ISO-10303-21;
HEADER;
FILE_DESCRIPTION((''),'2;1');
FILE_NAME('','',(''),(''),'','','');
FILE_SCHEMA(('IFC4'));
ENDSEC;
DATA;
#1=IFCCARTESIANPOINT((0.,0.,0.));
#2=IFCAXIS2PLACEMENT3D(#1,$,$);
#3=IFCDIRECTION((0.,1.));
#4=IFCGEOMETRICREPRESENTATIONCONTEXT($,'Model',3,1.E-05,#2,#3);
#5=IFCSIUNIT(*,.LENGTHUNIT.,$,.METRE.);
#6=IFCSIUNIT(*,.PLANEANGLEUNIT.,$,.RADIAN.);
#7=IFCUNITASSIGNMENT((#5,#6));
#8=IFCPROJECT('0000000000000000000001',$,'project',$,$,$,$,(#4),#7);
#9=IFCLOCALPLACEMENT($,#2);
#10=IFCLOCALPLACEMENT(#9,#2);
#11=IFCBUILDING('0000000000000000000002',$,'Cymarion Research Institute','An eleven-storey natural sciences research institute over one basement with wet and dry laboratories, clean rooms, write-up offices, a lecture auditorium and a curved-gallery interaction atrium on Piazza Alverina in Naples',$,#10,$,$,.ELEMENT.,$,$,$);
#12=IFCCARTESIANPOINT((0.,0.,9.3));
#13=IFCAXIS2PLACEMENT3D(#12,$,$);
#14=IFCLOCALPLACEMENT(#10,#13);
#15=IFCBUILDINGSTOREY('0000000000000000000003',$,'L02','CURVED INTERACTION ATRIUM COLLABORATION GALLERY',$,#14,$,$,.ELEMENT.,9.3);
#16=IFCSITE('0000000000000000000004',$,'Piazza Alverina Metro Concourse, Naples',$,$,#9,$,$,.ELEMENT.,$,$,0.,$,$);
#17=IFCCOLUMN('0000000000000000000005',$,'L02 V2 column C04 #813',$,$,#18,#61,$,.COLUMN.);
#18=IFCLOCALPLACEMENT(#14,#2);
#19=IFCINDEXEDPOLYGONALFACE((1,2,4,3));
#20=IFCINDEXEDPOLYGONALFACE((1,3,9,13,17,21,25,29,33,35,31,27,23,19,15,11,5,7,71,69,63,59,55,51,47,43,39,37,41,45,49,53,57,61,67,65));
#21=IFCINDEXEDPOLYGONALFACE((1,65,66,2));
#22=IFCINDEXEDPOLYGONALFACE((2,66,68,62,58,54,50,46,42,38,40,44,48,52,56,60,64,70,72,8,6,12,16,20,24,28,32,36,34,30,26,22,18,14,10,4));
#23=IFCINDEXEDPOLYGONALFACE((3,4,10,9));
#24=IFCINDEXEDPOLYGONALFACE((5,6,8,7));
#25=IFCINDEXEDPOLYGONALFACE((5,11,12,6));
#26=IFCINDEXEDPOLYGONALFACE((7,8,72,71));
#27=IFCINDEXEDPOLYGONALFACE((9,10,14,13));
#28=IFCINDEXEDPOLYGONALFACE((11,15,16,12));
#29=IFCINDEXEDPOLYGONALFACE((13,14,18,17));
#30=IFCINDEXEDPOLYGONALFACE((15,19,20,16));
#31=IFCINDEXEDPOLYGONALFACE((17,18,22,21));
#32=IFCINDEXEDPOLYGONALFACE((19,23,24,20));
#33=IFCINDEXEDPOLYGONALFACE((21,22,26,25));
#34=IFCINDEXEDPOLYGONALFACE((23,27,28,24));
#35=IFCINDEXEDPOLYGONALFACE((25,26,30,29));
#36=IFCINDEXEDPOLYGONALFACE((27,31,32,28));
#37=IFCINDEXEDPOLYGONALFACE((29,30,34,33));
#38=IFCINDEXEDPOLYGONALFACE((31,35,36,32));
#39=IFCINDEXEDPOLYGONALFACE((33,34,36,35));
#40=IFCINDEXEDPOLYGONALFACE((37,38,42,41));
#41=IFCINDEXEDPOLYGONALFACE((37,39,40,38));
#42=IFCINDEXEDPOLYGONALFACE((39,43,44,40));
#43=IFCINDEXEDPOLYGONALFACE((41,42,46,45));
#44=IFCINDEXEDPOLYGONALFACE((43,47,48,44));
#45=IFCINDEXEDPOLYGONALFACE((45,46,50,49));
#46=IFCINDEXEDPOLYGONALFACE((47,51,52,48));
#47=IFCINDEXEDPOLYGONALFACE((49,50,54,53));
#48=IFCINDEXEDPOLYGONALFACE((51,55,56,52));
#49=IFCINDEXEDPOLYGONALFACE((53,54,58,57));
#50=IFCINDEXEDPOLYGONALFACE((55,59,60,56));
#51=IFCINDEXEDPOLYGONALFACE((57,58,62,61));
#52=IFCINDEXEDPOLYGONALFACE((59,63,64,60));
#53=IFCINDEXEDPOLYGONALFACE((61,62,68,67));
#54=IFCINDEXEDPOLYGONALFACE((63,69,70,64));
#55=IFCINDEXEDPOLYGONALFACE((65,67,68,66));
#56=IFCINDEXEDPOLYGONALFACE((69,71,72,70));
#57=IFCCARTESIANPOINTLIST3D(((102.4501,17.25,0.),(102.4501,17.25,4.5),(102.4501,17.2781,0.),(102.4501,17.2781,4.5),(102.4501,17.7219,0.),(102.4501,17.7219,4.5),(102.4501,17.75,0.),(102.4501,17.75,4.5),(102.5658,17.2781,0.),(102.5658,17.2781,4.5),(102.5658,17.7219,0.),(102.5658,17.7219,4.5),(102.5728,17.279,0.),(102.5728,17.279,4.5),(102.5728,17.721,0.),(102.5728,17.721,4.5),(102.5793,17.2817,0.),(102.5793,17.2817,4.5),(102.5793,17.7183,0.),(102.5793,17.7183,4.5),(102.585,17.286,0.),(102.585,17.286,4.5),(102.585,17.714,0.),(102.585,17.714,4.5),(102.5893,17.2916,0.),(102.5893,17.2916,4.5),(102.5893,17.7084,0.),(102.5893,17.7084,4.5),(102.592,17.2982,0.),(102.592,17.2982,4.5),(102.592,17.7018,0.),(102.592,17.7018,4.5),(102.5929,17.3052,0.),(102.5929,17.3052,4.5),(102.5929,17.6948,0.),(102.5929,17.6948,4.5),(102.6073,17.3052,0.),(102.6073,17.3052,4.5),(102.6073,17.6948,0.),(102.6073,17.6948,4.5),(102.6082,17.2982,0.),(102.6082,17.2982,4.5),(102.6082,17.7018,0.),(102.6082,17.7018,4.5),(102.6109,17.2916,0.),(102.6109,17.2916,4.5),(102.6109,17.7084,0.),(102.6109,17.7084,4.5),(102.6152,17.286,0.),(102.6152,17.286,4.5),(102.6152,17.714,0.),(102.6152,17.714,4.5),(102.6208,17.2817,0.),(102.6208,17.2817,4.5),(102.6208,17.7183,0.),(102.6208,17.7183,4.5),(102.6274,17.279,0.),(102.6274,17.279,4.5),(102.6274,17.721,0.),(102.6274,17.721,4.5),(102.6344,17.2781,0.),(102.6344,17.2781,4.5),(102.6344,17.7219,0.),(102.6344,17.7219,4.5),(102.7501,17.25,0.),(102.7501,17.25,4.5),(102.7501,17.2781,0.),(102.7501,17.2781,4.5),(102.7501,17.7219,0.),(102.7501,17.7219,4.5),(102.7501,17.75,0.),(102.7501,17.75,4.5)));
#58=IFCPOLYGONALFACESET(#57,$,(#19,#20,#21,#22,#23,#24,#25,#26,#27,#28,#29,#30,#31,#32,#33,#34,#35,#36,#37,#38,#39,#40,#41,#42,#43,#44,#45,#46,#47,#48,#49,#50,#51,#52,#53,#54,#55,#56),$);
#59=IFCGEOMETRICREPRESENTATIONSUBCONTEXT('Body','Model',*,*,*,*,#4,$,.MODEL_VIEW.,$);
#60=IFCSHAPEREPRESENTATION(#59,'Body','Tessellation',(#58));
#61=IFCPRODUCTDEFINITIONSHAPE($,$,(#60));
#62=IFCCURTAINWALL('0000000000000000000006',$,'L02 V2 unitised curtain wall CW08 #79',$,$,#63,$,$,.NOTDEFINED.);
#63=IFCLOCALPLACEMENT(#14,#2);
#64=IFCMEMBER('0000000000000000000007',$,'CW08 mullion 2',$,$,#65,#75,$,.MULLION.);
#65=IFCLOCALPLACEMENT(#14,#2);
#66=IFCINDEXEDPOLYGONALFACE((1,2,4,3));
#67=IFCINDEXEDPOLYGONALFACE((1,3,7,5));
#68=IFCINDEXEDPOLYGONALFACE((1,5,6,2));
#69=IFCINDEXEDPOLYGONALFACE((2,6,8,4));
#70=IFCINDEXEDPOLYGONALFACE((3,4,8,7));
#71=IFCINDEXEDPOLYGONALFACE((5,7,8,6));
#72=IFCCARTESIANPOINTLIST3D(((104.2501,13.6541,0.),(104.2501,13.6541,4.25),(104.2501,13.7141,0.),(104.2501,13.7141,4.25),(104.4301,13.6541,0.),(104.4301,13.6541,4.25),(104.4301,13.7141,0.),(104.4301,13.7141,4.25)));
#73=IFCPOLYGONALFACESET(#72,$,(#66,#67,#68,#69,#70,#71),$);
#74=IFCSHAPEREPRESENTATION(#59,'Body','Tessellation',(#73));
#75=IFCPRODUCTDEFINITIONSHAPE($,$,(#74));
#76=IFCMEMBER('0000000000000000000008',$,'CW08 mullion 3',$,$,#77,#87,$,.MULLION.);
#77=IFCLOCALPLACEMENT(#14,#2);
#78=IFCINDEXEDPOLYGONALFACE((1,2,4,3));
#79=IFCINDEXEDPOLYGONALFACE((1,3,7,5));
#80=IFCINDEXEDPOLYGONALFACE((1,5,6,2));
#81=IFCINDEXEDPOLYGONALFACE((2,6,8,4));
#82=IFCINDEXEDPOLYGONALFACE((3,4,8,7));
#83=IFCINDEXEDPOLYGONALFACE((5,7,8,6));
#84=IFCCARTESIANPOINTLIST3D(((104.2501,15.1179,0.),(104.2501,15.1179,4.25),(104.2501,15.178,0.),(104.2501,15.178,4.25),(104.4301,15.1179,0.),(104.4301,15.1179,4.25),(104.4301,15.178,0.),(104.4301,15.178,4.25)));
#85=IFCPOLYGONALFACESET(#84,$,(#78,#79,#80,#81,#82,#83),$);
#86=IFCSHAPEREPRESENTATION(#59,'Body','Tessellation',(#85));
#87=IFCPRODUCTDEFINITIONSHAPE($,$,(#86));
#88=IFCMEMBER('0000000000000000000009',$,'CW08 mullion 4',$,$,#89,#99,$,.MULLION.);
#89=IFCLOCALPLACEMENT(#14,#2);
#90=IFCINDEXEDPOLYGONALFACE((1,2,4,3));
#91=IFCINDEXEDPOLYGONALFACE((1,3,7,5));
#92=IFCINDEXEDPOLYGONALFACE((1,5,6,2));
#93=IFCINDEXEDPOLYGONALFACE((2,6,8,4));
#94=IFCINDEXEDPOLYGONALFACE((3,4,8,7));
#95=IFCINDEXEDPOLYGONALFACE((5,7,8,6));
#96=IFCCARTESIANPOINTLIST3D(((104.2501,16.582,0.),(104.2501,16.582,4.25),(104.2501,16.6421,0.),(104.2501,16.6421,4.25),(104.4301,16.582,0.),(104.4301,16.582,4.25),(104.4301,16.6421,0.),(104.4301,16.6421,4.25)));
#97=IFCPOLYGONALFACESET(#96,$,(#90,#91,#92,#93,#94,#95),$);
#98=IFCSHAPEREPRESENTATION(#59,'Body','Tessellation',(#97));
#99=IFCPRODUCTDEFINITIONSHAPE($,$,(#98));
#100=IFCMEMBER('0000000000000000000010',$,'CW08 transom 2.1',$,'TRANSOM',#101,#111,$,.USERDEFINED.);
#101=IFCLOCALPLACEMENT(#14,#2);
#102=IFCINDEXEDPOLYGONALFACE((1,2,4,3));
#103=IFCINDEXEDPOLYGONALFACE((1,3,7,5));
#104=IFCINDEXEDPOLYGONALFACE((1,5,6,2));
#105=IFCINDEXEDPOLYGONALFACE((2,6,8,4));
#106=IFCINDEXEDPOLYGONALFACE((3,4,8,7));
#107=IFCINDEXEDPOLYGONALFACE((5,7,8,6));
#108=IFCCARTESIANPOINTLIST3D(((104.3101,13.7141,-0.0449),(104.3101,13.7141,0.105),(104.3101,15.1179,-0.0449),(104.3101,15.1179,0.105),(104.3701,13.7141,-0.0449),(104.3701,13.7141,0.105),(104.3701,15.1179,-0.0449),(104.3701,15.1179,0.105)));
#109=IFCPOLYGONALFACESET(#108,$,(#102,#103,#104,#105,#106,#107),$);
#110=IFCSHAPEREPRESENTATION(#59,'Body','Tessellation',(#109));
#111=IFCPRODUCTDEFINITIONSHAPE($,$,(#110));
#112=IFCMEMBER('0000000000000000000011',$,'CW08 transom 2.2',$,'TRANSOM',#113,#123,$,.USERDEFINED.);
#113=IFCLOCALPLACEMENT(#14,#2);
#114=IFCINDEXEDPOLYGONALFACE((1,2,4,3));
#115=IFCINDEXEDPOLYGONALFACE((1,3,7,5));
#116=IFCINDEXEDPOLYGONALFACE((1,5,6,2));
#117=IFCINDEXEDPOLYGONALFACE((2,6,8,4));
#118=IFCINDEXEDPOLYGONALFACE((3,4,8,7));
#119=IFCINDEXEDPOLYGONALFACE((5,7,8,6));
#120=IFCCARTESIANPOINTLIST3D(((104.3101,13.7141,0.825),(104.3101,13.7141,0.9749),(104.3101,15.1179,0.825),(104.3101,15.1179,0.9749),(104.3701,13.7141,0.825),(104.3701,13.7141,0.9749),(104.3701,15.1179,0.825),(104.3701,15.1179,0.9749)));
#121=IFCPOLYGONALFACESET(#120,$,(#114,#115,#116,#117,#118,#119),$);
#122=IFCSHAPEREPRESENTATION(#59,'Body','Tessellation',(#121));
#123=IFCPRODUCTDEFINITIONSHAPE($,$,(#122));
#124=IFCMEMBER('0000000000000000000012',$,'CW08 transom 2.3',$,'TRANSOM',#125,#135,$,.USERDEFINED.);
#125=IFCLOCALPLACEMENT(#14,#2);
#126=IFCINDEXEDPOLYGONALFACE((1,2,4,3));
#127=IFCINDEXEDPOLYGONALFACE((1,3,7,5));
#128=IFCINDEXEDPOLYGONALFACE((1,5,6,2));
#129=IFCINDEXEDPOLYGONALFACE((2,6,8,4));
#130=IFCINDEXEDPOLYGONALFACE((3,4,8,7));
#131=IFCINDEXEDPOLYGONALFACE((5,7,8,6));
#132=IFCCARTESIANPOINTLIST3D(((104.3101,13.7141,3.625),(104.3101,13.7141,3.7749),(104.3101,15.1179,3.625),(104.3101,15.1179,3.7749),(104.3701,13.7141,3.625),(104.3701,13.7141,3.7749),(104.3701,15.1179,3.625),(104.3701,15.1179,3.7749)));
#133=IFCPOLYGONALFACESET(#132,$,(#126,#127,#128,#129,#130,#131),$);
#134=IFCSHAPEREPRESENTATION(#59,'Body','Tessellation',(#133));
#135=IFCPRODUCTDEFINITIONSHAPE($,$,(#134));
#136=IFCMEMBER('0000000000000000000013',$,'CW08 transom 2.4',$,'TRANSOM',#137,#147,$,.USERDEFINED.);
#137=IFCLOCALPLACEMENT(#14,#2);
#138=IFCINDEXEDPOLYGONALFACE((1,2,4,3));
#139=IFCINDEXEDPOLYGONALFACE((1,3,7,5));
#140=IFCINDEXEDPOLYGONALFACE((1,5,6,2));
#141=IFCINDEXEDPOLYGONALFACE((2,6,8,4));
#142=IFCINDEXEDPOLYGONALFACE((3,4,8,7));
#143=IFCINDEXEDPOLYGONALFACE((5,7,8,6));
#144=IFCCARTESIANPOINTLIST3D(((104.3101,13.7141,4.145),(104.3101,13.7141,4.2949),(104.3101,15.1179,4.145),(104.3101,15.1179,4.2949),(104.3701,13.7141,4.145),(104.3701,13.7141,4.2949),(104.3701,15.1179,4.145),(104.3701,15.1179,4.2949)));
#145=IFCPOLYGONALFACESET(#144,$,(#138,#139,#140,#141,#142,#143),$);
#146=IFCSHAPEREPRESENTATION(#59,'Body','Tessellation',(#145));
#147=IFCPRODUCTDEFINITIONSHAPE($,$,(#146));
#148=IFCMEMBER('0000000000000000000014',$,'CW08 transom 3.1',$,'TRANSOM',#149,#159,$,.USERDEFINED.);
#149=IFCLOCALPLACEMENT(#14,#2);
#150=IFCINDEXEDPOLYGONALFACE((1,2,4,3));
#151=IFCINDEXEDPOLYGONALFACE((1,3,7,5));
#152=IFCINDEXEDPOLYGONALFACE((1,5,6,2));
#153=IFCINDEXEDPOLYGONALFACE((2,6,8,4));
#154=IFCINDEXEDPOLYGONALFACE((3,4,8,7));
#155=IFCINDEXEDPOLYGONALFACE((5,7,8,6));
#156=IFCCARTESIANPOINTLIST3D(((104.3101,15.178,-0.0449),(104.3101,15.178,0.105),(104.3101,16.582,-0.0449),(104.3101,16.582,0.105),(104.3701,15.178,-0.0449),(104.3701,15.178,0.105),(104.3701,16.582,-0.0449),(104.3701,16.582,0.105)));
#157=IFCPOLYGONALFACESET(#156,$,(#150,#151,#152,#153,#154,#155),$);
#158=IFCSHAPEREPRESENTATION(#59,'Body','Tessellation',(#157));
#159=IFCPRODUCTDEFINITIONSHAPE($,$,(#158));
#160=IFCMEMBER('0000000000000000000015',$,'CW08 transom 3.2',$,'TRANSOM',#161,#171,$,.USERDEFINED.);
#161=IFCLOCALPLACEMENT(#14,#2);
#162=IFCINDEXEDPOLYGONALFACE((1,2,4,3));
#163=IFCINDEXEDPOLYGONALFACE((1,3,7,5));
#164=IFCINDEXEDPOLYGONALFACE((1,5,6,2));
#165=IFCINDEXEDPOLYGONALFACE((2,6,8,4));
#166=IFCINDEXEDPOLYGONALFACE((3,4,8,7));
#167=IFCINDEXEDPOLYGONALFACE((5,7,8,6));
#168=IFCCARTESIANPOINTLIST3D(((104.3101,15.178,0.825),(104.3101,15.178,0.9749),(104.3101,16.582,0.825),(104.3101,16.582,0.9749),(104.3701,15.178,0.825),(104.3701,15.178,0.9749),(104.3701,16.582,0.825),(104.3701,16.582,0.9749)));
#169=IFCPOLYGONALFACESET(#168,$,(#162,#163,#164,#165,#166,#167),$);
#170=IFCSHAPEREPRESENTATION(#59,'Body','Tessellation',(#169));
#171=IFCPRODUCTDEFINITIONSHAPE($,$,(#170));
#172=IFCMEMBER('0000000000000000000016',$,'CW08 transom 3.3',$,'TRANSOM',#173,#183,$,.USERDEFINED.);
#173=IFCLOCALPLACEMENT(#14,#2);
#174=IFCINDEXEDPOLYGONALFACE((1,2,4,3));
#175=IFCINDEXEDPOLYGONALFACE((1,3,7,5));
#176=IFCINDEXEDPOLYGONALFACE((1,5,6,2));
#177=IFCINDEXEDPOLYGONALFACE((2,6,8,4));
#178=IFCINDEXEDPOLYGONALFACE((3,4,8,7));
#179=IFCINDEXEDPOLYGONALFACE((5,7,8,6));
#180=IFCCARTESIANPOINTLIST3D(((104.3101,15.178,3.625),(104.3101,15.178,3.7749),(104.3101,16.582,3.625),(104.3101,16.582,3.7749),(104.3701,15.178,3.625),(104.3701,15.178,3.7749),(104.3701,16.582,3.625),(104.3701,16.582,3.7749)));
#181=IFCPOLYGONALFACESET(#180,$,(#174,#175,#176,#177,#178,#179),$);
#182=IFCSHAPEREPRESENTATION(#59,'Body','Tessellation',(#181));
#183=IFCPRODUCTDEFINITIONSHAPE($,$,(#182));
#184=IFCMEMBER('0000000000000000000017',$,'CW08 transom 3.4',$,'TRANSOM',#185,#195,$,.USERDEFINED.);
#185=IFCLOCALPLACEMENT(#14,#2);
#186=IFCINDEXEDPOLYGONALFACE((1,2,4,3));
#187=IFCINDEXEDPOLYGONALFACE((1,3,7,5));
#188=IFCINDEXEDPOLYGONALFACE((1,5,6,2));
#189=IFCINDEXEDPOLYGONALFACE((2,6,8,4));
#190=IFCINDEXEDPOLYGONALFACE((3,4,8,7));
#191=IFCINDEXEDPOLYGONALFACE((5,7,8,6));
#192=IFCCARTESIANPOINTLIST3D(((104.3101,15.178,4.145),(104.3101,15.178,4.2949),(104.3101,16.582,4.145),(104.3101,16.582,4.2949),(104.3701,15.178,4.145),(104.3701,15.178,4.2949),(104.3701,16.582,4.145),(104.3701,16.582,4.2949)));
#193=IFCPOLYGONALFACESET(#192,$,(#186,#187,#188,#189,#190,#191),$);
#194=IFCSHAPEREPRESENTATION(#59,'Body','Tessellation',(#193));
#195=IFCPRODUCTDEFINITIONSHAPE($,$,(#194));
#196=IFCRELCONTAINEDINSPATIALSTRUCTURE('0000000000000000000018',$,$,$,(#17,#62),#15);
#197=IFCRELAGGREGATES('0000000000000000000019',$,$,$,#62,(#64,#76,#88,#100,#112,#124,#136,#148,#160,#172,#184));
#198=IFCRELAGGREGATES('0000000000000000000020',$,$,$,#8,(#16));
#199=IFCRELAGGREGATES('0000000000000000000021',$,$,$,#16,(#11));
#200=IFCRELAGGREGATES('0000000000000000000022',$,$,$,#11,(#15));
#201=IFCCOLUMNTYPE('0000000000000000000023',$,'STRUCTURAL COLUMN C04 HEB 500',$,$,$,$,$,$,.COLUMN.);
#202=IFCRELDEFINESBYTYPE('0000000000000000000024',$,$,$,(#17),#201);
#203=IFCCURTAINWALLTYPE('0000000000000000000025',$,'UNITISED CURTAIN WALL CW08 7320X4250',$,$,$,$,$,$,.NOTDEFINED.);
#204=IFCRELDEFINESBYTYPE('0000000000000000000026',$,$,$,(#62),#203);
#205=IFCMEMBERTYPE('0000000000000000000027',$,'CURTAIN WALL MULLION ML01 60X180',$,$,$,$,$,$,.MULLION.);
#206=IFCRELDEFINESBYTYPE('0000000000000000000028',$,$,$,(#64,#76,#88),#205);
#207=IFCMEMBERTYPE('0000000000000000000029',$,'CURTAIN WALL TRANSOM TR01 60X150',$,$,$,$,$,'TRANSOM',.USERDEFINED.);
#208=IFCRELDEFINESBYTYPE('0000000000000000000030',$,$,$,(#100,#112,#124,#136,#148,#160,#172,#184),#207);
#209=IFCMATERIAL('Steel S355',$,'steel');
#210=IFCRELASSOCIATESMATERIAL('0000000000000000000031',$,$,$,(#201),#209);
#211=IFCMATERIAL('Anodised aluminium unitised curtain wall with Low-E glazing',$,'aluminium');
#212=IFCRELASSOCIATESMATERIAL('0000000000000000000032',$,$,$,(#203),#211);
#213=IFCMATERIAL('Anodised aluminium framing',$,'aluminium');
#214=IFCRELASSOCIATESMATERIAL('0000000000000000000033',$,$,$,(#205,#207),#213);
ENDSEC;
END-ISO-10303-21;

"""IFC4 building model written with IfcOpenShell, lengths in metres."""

from ifc_helpers import new_model, si_unit, direction, frame, origin, origin_2d, place, context, subcontext, project, spatial, rectangle, i_section, extrude, material, material_profile, profile_set, type_object, element, aggregate, save


model = new_model("IFC4")

# Units and contexts
model_context = context("Model", 3, precision=1e-05, world=origin(), true_north=direction((0.0, 1.0)))
body_context = subcontext(model_context, "Body", "Model", "MODEL_VIEW")
ifc_project = project(units=[si_unit("LENGTHUNIT", "METRE"), si_unit("PLANEANGLEUNIT", "RADIAN")], contexts=[model_context])

# Site, building, storey
site_placement = place(None, origin())
site = spatial("IfcSite", under=ifc_project, at=site_placement, Name="Piazza Alverina Metro Concourse, Naples", CompositionType="ELEMENT", RefElevation=0.0)
building_placement = place(site_placement, origin())
building = spatial("IfcBuilding", under=site, at=building_placement, Name="Cymarion Research Institute", Description="An eleven-storey natural sciences research institute over one basement with wet and dry laboratories, clean rooms, write-up offices, a lecture auditorium and a curved-gallery interaction atrium on Piazza Alverina in Naples", CompositionType="ELEMENT")
storey_placement = place(building_placement, frame((0.0, 0.0, 9.3)))
storey = spatial("IfcBuildingStorey", under=building, at=storey_placement, Name="L02", Description="CURVED INTERACTION ATRIUM COLLABORATION GALLERY", CompositionType="ELEMENT", Elevation=9.3)

# Column
ifc_material_1 = material(Name="Steel S355", Category="steel")
ifc_material_profile_1 = material_profile(ifc_material_1, i_section(OverallWidth=0.3, OverallDepth=0.5, WebThickness=0.0144, FlangeThickness=0.0281, FilletRadius=0.0271, at=origin_2d()), Name="HEB 500")
ifc_profile_set_1 = profile_set([ifc_material_profile_1], Name="Steel S355")
column_type = type_object("IfcColumnType", Name="STRUCTURAL COLUMN C04 HEB 500", PredefinedType="COLUMN", material=ifc_profile_set_1)
column_placement = place(storey_placement, frame((102.6001, 17.5, 0.0), z_axis=(0.0, 0.0, 1.0), x_axis=(1.0, 0.0, 0.0)))
element("IfcColumn", 1, at=column_placement, inside=storey, type_object=column_type, Name="L02 V2 column C04 #813", PredefinedType="COLUMN", context=body_context, shape_type="SweptSolid", body=[
    extrude(i_section(OverallWidth=0.3, OverallDepth=0.5, WebThickness=0.0144, FlangeThickness=0.0281, FilletRadius=0.0271, at=origin_2d()), origin(), (0.0, 0.0, 1.0), 4.5),
])

# Curtain wall, members
ifc_material_2 = material(Name="Anodised aluminium unitised curtain wall with Low-E glazing", Category="aluminium")
curtain_wall_type = type_object("IfcCurtainWallType", Name="UNITISED CURTAIN WALL CW08 7320X4250", PredefinedType="NOTDEFINED", material=ifc_material_2)
curtain_wall_placement = place(storey_placement, origin())
curtain_wall = element("IfcCurtainWall", 2, at=curtain_wall_placement, inside=storey, type_object=curtain_wall_type, Name="L02 V2 unitised curtain wall CW08 #79", PredefinedType="NOTDEFINED")
ifc_material_3 = material(Name="Anodised aluminium framing", Category="aluminium")
ifc_material_profile_2 = material_profile(ifc_material_3, rectangle(XDim=0.0601, YDim=0.1799, at=origin_2d()), Name="ALU MULLION 60x180")
ifc_profile_set_2 = profile_set([ifc_material_profile_2], Name="Anodised aluminium framing")
member_type_1 = type_object("IfcMemberType", Name="CURTAIN WALL MULLION ML01 60X180", PredefinedType="MULLION", material=ifc_profile_set_2)
member_1_placement = place(storey_placement, frame((104.3401, 13.6841, 0.0), z_axis=(0.0, 0.0, 1.0), x_axis=(0.0, 1.0, 0.0)))
member_1 = element("IfcMember", 3, at=member_1_placement, type_object=member_type_1, Name="CW08 mullion 2", PredefinedType="MULLION", context=body_context, shape_type="SweptSolid", body=[
    extrude(rectangle(XDim=0.0601, YDim=0.1799, at=origin_2d()), origin(), (0.0, 0.0, 1.0), 4.25),
])
member_2_placement = place(storey_placement, frame((104.3401, 15.1479, 0.0), z_axis=(0.0, 0.0, 1.0), x_axis=(0.0, 1.0, 0.0)))
member_2 = element("IfcMember", 4, at=member_2_placement, type_object=member_type_1, Name="CW08 mullion 3", PredefinedType="MULLION", context=body_context, shape_type="SweptSolid", body=[
    extrude(rectangle(XDim=0.0601, YDim=0.1799, at=origin_2d()), origin(), (0.0, 0.0, 1.0), 4.25),
])
member_3_placement = place(storey_placement, frame((104.3401, 16.6121, 0.0), z_axis=(0.0, 0.0, 1.0), x_axis=(0.0, 1.0, 0.0)))
member_3 = element("IfcMember", 5, at=member_3_placement, type_object=member_type_1, Name="CW08 mullion 4", PredefinedType="MULLION", context=body_context, shape_type="SweptSolid", body=[
    extrude(rectangle(XDim=0.0601, YDim=0.1799, at=origin_2d()), origin(), (0.0, 0.0, 1.0), 4.25),
])
ifc_material_profile_3 = material_profile(ifc_material_3, rectangle(XDim=0.0601, YDim=0.1499, at=origin_2d()), Name="ALU TRANSOM 60x150")
ifc_profile_set_3 = profile_set([ifc_material_profile_3], Name="Anodised aluminium framing")
member_type_2 = type_object("IfcMemberType", Name="CURTAIN WALL TRANSOM TR01 60X150", ElementType="TRANSOM", PredefinedType="USERDEFINED", material=ifc_profile_set_3)
member_4_placement = place(storey_placement, frame((104.3401, 13.7141, 0.03), z_axis=(0.0, 1.0, 0.0), x_axis=(-1.0, 0.0, 0.0)))
member_4 = element("IfcMember", 6, at=member_4_placement, type_object=member_type_2, Name="CW08 transom 2.1", ObjectType="TRANSOM", PredefinedType="USERDEFINED", context=body_context, shape_type="SweptSolid", body=[
    extrude(rectangle(XDim=0.0601, YDim=0.1499, at=origin_2d()), origin(), (0.0, 0.0, 1.0), 1.4038),
])
member_5_placement = place(storey_placement, frame((104.3401, 13.7141, 0.8999), z_axis=(0.0, 1.0, 0.0), x_axis=(-1.0, 0.0, 0.0)))
member_5 = element("IfcMember", 7, at=member_5_placement, type_object=member_type_2, Name="CW08 transom 2.2", ObjectType="TRANSOM", PredefinedType="USERDEFINED", context=body_context, shape_type="SweptSolid", body=[
    extrude(rectangle(XDim=0.0601, YDim=0.1499, at=origin_2d()), origin(), (0.0, 0.0, 1.0), 1.4038),
])
member_6_placement = place(storey_placement, frame((104.3401, 13.7141, 3.7), z_axis=(0.0, 1.0, 0.0), x_axis=(-1.0, 0.0, 0.0)))
member_6 = element("IfcMember", 8, at=member_6_placement, type_object=member_type_2, Name="CW08 transom 2.3", ObjectType="TRANSOM", PredefinedType="USERDEFINED", context=body_context, shape_type="SweptSolid", body=[
    extrude(rectangle(XDim=0.0601, YDim=0.1499, at=origin_2d()), origin(), (0.0, 0.0, 1.0), 1.4038),
])
member_7_placement = place(storey_placement, frame((104.3401, 13.7141, 4.22), z_axis=(0.0, 1.0, 0.0), x_axis=(-1.0, 0.0, 0.0)))
member_7 = element("IfcMember", 9, at=member_7_placement, type_object=member_type_2, Name="CW08 transom 2.4", ObjectType="TRANSOM", PredefinedType="USERDEFINED", context=body_context, shape_type="SweptSolid", body=[
    extrude(rectangle(XDim=0.0601, YDim=0.1499, at=origin_2d()), origin(), (0.0, 0.0, 1.0), 1.4038),
])
member_8_placement = place(storey_placement, frame((104.3401, 15.178, 0.03), z_axis=(0.0, 1.0, 0.0), x_axis=(-1.0, 0.0, 0.0)))
member_8 = element("IfcMember", 10, at=member_8_placement, type_object=member_type_2, Name="CW08 transom 3.1", ObjectType="TRANSOM", PredefinedType="USERDEFINED", context=body_context, shape_type="SweptSolid", body=[
    extrude(rectangle(XDim=0.0601, YDim=0.1499, at=origin_2d()), origin(), (0.0, 0.0, 1.0), 1.4041),
])
member_9_placement = place(storey_placement, frame((104.3401, 15.178, 0.8999), z_axis=(0.0, 1.0, 0.0), x_axis=(-1.0, 0.0, 0.0)))
member_9 = element("IfcMember", 11, at=member_9_placement, type_object=member_type_2, Name="CW08 transom 3.2", ObjectType="TRANSOM", PredefinedType="USERDEFINED", context=body_context, shape_type="SweptSolid", body=[
    extrude(rectangle(XDim=0.0601, YDim=0.1499, at=origin_2d()), origin(), (0.0, 0.0, 1.0), 1.4041),
])
member_10_placement = place(storey_placement, frame((104.3401, 15.178, 3.7), z_axis=(0.0, 1.0, 0.0), x_axis=(-1.0, 0.0, 0.0)))
member_10 = element("IfcMember", 12, at=member_10_placement, type_object=member_type_2, Name="CW08 transom 3.3", ObjectType="TRANSOM", PredefinedType="USERDEFINED", context=body_context, shape_type="SweptSolid", body=[
    extrude(rectangle(XDim=0.0601, YDim=0.1499, at=origin_2d()), origin(), (0.0, 0.0, 1.0), 1.4041),
])
member_11_placement = place(storey_placement, frame((104.3401, 15.178, 4.22), z_axis=(0.0, 1.0, 0.0), x_axis=(-1.0, 0.0, 0.0)))
member_11 = element("IfcMember", 13, at=member_11_placement, type_object=member_type_2, Name="CW08 transom 3.4", ObjectType="TRANSOM", PredefinedType="USERDEFINED", context=body_context, shape_type="SweptSolid", body=[
    extrude(rectangle(XDim=0.0601, YDim=0.1499, at=origin_2d()), origin(), (0.0, 0.0, 1.0), 1.4041),
])

aggregate(curtain_wall, [member_1, member_2, member_3, member_4, member_5, member_6, member_7, member_8, member_9, member_10, member_11])

save(model, "model.ifc")
